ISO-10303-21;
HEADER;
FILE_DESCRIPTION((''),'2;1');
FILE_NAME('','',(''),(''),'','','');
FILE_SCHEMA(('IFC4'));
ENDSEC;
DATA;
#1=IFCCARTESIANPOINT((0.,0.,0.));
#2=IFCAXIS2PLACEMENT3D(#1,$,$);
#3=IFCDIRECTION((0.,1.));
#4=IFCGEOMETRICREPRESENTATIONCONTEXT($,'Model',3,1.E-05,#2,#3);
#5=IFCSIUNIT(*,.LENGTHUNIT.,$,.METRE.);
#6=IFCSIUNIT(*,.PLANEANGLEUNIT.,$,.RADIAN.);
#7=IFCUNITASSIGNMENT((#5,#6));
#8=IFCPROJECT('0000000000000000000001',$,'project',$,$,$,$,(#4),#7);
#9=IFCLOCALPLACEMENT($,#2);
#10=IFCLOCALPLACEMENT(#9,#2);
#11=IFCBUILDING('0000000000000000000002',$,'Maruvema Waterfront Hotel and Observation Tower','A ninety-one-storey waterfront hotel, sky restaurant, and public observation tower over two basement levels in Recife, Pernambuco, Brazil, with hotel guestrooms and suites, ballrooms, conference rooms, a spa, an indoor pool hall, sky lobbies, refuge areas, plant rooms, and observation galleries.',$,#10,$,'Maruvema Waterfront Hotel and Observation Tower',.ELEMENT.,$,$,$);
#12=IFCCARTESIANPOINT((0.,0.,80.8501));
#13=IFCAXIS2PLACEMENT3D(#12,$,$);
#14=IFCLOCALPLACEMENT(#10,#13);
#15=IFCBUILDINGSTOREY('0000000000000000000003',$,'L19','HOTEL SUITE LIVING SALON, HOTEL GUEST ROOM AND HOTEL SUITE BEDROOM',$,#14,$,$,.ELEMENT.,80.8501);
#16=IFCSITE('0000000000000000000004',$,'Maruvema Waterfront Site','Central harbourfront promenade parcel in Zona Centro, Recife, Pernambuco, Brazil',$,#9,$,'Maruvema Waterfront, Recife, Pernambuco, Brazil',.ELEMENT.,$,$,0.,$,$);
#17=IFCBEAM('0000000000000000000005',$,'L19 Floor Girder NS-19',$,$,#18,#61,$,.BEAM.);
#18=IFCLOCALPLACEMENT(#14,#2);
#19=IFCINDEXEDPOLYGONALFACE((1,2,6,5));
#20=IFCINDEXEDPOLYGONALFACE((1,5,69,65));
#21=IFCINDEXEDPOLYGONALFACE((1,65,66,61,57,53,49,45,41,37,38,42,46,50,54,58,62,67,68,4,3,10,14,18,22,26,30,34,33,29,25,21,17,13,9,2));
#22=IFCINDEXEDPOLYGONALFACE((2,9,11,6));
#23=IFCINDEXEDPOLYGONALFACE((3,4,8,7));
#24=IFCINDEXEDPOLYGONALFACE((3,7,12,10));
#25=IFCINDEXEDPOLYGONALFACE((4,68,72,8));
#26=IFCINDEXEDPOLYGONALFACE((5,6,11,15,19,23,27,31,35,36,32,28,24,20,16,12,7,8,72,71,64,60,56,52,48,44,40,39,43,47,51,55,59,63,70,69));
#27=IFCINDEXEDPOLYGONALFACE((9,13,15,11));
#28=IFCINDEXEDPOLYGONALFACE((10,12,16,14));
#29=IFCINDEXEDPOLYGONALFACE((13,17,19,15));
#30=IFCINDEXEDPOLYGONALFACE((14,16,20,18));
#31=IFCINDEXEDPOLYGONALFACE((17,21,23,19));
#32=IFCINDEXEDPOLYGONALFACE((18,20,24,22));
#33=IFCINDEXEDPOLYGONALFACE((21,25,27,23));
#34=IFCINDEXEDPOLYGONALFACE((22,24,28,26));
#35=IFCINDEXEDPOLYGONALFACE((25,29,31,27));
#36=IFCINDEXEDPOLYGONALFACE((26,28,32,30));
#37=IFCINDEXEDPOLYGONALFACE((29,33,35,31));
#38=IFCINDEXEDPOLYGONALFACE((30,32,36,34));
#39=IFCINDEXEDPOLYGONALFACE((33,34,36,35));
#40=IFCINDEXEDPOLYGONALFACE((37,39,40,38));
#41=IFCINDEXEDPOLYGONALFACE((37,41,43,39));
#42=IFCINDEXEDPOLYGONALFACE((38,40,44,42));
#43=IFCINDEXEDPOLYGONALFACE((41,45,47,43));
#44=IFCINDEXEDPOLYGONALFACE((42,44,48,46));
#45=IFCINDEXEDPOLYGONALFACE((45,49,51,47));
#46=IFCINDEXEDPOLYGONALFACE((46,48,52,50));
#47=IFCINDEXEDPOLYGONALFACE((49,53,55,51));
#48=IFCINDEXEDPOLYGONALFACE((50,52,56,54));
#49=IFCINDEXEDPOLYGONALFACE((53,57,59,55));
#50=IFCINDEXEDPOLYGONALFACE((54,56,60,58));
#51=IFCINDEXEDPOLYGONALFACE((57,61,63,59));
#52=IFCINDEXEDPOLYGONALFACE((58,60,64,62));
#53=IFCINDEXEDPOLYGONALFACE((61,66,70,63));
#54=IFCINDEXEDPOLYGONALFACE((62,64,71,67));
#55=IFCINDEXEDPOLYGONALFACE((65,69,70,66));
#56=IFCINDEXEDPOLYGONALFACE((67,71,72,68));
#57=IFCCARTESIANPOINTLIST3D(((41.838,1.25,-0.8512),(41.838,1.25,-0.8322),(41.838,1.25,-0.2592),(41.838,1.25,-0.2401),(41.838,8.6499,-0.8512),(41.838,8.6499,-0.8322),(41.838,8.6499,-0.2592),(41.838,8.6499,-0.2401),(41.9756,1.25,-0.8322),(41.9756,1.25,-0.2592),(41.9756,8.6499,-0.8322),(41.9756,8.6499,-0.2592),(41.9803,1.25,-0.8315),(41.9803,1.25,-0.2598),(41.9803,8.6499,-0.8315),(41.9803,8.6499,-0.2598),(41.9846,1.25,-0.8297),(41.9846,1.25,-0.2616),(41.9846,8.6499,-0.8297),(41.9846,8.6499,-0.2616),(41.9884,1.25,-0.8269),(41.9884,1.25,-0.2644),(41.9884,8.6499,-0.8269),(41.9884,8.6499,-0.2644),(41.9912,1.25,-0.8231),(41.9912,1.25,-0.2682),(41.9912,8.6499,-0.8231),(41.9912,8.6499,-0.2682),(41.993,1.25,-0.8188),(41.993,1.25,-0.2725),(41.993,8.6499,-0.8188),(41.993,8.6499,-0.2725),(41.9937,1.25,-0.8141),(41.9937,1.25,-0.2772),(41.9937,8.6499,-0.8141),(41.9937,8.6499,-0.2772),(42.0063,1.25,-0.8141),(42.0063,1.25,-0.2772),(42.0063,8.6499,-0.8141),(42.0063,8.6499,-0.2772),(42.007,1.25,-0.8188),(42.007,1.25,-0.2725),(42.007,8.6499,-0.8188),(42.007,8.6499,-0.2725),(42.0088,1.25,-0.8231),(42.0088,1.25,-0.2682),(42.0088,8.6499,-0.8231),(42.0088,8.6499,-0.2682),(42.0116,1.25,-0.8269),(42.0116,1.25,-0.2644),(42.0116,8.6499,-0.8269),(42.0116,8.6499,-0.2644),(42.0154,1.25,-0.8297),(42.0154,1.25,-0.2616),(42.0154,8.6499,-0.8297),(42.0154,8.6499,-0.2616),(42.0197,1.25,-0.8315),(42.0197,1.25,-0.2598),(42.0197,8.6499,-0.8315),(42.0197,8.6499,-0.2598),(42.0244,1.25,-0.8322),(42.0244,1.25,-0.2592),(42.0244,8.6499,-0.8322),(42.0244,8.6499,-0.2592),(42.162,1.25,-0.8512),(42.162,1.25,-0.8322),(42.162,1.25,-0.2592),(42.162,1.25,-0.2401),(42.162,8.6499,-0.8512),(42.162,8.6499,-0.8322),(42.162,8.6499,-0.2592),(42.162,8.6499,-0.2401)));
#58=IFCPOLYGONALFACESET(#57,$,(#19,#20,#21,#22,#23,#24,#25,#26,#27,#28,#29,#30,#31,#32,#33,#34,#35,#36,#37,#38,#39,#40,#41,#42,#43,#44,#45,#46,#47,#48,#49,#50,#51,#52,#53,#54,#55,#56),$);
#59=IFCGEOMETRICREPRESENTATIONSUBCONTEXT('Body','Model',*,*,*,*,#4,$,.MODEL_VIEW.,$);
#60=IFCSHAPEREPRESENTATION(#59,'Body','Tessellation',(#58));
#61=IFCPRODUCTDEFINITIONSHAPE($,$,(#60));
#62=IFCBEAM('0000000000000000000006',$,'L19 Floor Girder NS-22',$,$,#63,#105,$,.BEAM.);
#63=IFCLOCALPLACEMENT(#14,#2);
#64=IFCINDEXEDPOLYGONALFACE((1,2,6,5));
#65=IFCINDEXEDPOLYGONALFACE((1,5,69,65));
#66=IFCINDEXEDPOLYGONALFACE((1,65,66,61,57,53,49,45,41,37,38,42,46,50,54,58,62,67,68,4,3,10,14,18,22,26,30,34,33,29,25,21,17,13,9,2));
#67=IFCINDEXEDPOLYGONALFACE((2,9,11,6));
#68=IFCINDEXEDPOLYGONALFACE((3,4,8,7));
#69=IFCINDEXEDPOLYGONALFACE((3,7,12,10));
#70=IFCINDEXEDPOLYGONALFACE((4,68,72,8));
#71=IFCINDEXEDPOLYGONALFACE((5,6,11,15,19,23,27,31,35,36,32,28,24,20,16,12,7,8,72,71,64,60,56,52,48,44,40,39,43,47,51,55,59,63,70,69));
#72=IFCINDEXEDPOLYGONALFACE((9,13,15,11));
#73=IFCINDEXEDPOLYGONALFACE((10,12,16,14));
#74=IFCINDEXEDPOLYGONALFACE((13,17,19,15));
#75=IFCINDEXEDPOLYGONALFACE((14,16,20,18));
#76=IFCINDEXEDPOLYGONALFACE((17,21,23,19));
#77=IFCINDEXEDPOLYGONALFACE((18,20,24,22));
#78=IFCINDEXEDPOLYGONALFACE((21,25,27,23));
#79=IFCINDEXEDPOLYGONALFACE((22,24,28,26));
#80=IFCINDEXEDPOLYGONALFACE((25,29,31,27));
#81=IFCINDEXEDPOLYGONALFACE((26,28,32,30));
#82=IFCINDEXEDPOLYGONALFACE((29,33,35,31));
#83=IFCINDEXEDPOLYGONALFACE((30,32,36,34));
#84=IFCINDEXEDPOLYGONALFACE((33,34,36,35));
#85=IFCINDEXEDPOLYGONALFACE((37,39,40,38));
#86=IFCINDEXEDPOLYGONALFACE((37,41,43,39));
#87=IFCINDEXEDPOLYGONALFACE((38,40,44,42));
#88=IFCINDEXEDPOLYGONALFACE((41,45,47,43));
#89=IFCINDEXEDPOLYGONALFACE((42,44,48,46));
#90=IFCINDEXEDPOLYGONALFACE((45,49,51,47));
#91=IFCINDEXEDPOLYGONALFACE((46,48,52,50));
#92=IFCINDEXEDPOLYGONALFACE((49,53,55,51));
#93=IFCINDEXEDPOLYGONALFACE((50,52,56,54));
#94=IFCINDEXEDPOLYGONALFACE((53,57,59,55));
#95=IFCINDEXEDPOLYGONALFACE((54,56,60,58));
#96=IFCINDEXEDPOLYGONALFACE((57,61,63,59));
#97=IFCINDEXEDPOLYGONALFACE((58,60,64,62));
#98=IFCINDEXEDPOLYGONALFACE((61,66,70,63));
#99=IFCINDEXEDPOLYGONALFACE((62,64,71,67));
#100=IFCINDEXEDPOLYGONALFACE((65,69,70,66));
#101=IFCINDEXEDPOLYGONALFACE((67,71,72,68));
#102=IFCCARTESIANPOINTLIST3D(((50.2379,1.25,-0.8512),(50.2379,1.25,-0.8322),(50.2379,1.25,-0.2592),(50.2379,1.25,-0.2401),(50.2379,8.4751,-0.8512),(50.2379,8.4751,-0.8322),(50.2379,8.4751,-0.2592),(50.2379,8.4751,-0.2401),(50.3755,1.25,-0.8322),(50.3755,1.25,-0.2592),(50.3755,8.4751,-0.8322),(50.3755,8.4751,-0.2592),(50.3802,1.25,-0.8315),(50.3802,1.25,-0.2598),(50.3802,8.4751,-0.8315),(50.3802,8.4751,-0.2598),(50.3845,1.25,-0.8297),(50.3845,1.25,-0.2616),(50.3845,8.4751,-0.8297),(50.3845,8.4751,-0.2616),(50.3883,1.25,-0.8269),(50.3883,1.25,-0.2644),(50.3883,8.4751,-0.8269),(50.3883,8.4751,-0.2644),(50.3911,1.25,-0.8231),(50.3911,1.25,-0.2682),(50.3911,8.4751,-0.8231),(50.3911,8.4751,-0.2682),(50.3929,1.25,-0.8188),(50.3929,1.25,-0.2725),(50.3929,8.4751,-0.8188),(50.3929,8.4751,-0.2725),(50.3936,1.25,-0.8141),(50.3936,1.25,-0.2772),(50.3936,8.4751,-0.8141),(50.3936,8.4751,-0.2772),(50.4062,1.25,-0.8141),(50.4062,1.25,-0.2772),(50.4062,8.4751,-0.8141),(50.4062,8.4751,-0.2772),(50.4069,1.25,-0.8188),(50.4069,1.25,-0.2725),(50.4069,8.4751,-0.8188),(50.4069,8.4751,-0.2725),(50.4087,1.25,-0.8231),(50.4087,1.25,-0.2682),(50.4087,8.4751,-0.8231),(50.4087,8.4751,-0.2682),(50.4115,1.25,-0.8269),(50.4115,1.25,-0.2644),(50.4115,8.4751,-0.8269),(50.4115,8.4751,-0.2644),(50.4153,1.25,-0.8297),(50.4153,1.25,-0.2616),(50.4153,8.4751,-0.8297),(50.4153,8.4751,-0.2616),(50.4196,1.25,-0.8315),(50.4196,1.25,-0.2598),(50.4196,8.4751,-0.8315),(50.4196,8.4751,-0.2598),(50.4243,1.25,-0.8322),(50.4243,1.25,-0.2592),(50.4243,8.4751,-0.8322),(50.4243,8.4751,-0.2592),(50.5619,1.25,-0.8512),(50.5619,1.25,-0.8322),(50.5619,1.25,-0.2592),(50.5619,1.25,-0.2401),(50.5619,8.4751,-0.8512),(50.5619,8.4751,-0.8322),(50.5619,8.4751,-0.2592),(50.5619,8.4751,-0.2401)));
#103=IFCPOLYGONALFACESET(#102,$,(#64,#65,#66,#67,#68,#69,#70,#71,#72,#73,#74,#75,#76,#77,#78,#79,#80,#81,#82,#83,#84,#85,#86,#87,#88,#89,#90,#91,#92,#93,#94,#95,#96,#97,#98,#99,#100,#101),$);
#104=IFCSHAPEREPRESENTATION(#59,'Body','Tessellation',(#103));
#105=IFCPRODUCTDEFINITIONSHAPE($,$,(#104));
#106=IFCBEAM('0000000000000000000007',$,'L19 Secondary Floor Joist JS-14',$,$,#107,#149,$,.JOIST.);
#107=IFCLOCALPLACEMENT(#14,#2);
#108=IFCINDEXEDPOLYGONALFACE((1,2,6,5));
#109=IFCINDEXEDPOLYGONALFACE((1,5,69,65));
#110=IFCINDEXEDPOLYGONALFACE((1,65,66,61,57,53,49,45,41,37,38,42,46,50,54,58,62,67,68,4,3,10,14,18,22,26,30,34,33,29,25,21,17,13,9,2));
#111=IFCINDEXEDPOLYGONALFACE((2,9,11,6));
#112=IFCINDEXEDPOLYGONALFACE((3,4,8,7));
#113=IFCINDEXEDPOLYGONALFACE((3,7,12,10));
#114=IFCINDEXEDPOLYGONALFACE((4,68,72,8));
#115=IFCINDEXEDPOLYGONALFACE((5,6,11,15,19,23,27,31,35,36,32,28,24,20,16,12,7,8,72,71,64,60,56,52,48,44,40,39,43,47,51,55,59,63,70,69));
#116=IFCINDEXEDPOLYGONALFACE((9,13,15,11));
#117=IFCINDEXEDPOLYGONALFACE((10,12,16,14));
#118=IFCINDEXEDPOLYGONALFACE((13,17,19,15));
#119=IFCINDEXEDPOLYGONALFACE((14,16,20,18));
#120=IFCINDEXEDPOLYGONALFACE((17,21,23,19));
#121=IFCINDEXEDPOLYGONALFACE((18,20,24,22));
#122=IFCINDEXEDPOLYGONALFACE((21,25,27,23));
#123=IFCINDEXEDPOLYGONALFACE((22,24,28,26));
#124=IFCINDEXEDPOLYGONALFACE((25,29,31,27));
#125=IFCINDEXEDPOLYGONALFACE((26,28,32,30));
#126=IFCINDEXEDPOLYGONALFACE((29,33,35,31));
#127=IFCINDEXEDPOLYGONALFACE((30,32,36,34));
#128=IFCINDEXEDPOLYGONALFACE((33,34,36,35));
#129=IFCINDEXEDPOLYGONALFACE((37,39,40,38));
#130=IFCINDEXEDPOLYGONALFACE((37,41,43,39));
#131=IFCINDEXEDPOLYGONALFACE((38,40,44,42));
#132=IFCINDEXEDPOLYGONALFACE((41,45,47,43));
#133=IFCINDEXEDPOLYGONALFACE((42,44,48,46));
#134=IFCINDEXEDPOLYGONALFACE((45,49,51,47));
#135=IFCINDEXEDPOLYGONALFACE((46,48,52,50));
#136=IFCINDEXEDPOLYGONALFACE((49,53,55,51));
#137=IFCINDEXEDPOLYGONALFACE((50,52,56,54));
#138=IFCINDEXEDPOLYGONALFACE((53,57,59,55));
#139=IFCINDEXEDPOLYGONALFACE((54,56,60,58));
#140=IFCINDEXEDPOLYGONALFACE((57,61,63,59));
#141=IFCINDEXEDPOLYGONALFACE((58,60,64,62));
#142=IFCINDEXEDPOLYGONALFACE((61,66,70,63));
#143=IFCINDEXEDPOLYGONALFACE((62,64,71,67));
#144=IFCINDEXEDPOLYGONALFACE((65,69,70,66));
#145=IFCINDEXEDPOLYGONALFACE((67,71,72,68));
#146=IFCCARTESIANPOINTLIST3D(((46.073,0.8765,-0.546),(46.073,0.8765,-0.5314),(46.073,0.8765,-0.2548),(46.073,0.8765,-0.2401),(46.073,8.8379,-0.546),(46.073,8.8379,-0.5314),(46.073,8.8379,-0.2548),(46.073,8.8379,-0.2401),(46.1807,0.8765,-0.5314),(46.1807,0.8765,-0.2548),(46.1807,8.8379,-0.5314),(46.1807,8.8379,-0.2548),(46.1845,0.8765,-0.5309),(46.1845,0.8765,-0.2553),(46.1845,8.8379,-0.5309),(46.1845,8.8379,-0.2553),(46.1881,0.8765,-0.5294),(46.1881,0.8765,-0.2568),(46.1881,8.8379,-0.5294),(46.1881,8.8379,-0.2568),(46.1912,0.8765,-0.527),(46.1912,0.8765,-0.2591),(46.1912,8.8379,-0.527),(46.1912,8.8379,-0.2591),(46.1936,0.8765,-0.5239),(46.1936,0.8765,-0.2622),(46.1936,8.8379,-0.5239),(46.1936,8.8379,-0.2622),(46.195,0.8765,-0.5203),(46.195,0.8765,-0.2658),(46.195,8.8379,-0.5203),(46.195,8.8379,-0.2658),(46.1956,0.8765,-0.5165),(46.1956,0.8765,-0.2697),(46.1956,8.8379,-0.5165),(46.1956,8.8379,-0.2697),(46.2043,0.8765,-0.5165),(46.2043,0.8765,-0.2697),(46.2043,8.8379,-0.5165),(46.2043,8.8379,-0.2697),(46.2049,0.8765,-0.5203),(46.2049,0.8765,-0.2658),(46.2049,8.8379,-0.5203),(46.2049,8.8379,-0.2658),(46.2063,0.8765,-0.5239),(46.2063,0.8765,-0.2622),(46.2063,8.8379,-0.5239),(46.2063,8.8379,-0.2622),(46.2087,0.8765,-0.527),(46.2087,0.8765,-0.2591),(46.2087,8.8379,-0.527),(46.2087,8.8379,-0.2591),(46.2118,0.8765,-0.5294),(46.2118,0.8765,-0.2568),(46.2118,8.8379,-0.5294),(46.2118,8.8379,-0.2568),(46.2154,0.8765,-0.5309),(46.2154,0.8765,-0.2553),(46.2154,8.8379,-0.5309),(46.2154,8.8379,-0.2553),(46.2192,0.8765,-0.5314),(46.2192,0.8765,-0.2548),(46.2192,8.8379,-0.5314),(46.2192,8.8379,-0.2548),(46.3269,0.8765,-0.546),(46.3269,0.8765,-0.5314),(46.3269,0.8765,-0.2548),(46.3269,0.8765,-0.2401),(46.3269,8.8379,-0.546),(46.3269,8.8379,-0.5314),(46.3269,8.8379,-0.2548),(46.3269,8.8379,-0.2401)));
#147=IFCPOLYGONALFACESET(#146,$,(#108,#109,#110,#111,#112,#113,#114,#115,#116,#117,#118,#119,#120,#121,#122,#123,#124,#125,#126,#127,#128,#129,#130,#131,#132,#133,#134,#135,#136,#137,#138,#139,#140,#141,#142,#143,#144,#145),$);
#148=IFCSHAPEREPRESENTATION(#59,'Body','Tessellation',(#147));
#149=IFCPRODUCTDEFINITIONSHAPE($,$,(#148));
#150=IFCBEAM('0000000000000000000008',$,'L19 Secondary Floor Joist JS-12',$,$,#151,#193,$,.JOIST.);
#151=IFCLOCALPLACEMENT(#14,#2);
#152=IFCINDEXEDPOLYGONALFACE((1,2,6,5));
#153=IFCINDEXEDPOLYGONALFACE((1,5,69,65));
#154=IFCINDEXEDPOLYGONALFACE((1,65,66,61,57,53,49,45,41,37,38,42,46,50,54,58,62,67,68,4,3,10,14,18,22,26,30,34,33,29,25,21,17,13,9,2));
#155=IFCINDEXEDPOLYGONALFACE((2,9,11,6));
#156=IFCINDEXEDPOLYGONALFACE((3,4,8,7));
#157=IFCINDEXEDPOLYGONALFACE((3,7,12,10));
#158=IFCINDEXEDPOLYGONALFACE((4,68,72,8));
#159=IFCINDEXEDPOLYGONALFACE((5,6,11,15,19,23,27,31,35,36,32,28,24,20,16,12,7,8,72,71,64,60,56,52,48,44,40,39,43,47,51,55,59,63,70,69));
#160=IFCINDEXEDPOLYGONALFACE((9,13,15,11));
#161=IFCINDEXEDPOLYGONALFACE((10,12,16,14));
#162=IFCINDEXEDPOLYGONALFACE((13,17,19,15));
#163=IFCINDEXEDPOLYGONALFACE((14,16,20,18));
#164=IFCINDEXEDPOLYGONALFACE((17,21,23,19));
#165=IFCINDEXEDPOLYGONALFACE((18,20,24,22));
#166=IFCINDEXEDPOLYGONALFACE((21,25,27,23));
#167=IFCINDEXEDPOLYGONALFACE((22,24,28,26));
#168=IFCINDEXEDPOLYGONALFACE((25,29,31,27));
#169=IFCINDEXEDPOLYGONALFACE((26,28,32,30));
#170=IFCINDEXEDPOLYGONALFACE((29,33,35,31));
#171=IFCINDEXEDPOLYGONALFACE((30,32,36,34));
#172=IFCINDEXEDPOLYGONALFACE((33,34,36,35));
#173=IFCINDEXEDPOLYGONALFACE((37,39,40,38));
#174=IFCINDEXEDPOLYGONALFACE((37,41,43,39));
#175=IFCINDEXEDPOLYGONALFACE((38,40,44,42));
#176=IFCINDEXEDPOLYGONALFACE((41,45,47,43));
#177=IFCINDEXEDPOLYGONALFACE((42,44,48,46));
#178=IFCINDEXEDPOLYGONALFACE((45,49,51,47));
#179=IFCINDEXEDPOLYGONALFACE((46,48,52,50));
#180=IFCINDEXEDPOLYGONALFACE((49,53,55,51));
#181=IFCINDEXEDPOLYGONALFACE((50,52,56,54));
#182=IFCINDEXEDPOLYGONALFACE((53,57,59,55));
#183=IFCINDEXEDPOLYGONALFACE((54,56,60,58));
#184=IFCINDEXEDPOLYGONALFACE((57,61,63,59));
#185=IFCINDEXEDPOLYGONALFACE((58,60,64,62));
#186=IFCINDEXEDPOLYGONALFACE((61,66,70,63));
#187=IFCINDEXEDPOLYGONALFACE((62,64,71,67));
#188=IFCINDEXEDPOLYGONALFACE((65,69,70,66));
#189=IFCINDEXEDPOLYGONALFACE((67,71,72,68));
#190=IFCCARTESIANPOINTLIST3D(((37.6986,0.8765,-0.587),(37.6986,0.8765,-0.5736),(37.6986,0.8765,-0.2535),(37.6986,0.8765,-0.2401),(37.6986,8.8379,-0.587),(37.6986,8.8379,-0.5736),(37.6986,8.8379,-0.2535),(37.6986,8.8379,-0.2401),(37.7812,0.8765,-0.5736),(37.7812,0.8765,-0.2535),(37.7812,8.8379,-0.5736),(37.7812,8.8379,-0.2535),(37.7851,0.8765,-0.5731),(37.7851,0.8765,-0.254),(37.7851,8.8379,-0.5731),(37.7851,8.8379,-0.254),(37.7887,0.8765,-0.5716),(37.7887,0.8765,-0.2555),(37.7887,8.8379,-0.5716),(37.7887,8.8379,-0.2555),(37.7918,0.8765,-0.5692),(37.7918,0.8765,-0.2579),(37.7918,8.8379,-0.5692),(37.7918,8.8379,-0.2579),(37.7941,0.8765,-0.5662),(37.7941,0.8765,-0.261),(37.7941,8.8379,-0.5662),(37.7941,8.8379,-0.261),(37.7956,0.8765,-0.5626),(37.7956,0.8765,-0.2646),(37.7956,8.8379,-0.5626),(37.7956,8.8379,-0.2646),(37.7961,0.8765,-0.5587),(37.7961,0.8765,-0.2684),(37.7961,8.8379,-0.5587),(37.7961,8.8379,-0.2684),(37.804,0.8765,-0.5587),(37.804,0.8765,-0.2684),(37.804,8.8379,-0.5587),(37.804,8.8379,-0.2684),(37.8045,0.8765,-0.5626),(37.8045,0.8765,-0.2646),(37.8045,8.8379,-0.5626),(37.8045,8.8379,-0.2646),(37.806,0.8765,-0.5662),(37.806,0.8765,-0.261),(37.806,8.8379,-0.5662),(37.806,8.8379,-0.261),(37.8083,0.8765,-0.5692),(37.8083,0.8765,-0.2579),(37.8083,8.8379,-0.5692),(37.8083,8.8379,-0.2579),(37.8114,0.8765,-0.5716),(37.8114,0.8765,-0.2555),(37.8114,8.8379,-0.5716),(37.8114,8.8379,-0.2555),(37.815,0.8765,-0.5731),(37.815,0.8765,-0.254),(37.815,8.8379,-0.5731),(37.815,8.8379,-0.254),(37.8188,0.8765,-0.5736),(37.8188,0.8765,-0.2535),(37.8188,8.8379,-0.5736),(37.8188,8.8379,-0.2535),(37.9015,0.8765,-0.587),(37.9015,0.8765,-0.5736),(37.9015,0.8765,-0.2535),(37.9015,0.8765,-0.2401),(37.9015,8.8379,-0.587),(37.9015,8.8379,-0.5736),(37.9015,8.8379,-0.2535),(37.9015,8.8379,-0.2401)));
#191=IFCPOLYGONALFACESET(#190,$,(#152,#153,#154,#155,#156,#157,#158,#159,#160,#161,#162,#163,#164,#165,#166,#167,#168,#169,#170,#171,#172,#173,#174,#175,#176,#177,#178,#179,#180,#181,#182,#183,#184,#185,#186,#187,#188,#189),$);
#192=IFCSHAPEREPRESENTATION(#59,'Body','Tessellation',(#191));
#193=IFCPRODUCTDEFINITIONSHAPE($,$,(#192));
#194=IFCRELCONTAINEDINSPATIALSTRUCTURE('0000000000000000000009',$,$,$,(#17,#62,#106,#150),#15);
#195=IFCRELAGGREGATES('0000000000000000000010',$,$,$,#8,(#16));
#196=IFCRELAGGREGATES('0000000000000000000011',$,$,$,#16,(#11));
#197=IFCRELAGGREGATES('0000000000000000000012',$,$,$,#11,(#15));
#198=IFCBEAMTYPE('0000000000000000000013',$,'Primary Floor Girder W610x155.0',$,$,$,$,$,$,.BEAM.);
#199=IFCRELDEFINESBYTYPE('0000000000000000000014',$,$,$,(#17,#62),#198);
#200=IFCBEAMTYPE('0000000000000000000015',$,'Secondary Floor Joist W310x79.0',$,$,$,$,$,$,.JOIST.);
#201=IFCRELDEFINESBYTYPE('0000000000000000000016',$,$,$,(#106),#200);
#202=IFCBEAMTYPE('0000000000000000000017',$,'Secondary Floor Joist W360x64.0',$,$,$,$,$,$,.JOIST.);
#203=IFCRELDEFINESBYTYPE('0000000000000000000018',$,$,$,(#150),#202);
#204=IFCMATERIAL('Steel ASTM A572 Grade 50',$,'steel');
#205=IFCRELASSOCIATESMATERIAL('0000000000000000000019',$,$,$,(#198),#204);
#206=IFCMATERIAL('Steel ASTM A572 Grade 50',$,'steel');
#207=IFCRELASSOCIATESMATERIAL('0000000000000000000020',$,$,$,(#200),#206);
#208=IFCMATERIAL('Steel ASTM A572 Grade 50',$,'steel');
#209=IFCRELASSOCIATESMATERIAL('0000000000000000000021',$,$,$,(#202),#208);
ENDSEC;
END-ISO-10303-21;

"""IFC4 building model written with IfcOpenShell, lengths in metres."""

from ifc_helpers import new_model, si_unit, direction, frame, origin, origin_2d, place, context, subcontext, project, spatial, i_section, extrude, material, material_profile, profile_set, type_object, element, save


model = new_model("IFC4")

# Units and contexts
model_context = context("Model", 3, precision=1e-05, world=origin(), true_north=direction((0.0, 1.0)))
body_context = subcontext(model_context, "Body", "Model", "MODEL_VIEW")
ifc_project = project(units=[si_unit("LENGTHUNIT", "METRE"), si_unit("PLANEANGLEUNIT", "RADIAN")], contexts=[model_context])

# Site, building, storey
site_placement = place(None, origin())
site = spatial("IfcSite", under=ifc_project, at=site_placement, Name="Maruvema Waterfront Site", Description="Central harbourfront promenade parcel in Zona Centro, Recife, Pernambuco, Brazil", LongName="Maruvema Waterfront, Recife, Pernambuco, Brazil", CompositionType="ELEMENT", RefElevation=0.0)
building_placement = place(site_placement, origin())
building = spatial("IfcBuilding", under=site, at=building_placement, Name="Maruvema Waterfront Hotel and Observation Tower", Description="A ninety-one-storey waterfront hotel, sky restaurant, and public observation tower over two basement levels in Recife, Pernambuco, Brazil, with hotel guestrooms and suites, ballrooms, conference rooms, a spa, an indoor pool hall, sky lobbies, refuge areas, plant rooms, and observation galleries.", LongName="Maruvema Waterfront Hotel and Observation Tower", CompositionType="ELEMENT")
storey_placement = place(building_placement, frame((0.0, 0.0, 80.8501)))
storey = spatial("IfcBuildingStorey", under=building, at=storey_placement, Name="L19", Description="HOTEL SUITE LIVING SALON, HOTEL GUEST ROOM AND HOTEL SUITE BEDROOM", CompositionType="ELEMENT", Elevation=80.8501)

# Beams
ifc_material_1 = material(Name="Steel ASTM A572 Grade 50", Category="steel")
ifc_material_profile_1 = material_profile(ifc_material_1, i_section(OverallWidth=0.324, OverallDepth=0.6111, WebThickness=0.0127, FlangeThickness=0.019, FilletRadius=0.0181, at=origin_2d()), Name="W610x155.0")
ifc_profile_set_1 = profile_set([ifc_material_profile_1], Name="Steel ASTM A572 Grade 50")
beam_type_1 = type_object("IfcBeamType", Name="Primary Floor Girder W610x155.0", PredefinedType="BEAM", material=ifc_profile_set_1)
beam_1_placement = place(storey_placement, frame((42.0, 1.25, -0.5457), z_axis=(0.0, 1.0, 0.0), x_axis=(-1.0, 0.0, 0.0)))
element("IfcBeam", 1, at=beam_1_placement, inside=storey, type_object=beam_type_1, Name="L19 Floor Girder NS-19", PredefinedType="BEAM", context=body_context, shape_type="SweptSolid", body=[
    extrude(i_section(OverallWidth=0.324, OverallDepth=0.6111, WebThickness=0.0127, FlangeThickness=0.019, FilletRadius=0.0181, at=origin_2d()), origin(), (0.0, 0.0, 1.0), 7.3999),
])
beam_2_placement = place(storey_placement, frame((50.3999, 1.25, -0.5457), z_axis=(0.0, 1.0, 0.0), x_axis=(-1.0, 0.0, 0.0)))
element("IfcBeam", 2, at=beam_2_placement, inside=storey, type_object=beam_type_1, Name="L19 Floor Girder NS-22", PredefinedType="BEAM", context=body_context, shape_type="SweptSolid", body=[
    extrude(i_section(OverallWidth=0.324, OverallDepth=0.6111, WebThickness=0.0127, FlangeThickness=0.019, FilletRadius=0.0181, at=origin_2d()), origin(), (0.0, 0.0, 1.0), 7.2251),
])
ifc_material_2 = material(Name="Steel ASTM A572 Grade 50", Category="steel")
ifc_material_profile_2 = material_profile(ifc_material_2, i_section(OverallWidth=0.2539, OverallDepth=0.3059, WebThickness=0.0088, FlangeThickness=0.0146, FilletRadius=0.0149, at=origin_2d()), Name="W310x79.0")
ifc_profile_set_2 = profile_set([ifc_material_profile_2], Name="Steel ASTM A572 Grade 50")
beam_type_2 = type_object("IfcBeamType", Name="Secondary Floor Joist W310x79.0", PredefinedType="JOIST", material=ifc_profile_set_2)
beam_3_placement = place(storey_placement, frame((46.2, 0.8765, -0.3931), z_axis=(0.0, 1.0, 0.0), x_axis=(-1.0, 0.0, 0.0)))
element("IfcBeam", 3, at=beam_3_placement, inside=storey, type_object=beam_type_2, Name="L19 Secondary Floor Joist JS-14", PredefinedType="JOIST", context=body_context, shape_type="SweptSolid", body=[
    extrude(i_section(OverallWidth=0.2539, OverallDepth=0.3059, WebThickness=0.0088, FlangeThickness=0.0146, FilletRadius=0.0149, at=origin_2d()), origin(), (0.0, 0.0, 1.0), 7.9614),
])
ifc_material_3 = material(Name="Steel ASTM A572 Grade 50", Category="steel")
ifc_material_profile_3 = material_profile(ifc_material_3, i_section(OverallWidth=0.2029, OverallDepth=0.3469, WebThickness=0.0078, FlangeThickness=0.0134, FilletRadius=0.0149, at=origin_2d()), Name="W360x64.0")
ifc_profile_set_3 = profile_set([ifc_material_profile_3], Name="Steel ASTM A572 Grade 50")
beam_type_3 = type_object("IfcBeamType", Name="Secondary Floor Joist W360x64.0", PredefinedType="JOIST", material=ifc_profile_set_3)
beam_4_placement = place(storey_placement, frame((37.8, 0.8765, -0.4136), z_axis=(0.0, 1.0, 0.0), x_axis=(-1.0, 0.0, 0.0)))
element("IfcBeam", 4, at=beam_4_placement, inside=storey, type_object=beam_type_3, Name="L19 Secondary Floor Joist JS-12", PredefinedType="JOIST", context=body_context, shape_type="SweptSolid", body=[
    extrude(i_section(OverallWidth=0.2029, OverallDepth=0.3469, WebThickness=0.0078, FlangeThickness=0.0134, FilletRadius=0.0149, at=origin_2d()), origin(), (0.0, 0.0, 1.0), 7.9614),
])

save(model, "model.ifc")
